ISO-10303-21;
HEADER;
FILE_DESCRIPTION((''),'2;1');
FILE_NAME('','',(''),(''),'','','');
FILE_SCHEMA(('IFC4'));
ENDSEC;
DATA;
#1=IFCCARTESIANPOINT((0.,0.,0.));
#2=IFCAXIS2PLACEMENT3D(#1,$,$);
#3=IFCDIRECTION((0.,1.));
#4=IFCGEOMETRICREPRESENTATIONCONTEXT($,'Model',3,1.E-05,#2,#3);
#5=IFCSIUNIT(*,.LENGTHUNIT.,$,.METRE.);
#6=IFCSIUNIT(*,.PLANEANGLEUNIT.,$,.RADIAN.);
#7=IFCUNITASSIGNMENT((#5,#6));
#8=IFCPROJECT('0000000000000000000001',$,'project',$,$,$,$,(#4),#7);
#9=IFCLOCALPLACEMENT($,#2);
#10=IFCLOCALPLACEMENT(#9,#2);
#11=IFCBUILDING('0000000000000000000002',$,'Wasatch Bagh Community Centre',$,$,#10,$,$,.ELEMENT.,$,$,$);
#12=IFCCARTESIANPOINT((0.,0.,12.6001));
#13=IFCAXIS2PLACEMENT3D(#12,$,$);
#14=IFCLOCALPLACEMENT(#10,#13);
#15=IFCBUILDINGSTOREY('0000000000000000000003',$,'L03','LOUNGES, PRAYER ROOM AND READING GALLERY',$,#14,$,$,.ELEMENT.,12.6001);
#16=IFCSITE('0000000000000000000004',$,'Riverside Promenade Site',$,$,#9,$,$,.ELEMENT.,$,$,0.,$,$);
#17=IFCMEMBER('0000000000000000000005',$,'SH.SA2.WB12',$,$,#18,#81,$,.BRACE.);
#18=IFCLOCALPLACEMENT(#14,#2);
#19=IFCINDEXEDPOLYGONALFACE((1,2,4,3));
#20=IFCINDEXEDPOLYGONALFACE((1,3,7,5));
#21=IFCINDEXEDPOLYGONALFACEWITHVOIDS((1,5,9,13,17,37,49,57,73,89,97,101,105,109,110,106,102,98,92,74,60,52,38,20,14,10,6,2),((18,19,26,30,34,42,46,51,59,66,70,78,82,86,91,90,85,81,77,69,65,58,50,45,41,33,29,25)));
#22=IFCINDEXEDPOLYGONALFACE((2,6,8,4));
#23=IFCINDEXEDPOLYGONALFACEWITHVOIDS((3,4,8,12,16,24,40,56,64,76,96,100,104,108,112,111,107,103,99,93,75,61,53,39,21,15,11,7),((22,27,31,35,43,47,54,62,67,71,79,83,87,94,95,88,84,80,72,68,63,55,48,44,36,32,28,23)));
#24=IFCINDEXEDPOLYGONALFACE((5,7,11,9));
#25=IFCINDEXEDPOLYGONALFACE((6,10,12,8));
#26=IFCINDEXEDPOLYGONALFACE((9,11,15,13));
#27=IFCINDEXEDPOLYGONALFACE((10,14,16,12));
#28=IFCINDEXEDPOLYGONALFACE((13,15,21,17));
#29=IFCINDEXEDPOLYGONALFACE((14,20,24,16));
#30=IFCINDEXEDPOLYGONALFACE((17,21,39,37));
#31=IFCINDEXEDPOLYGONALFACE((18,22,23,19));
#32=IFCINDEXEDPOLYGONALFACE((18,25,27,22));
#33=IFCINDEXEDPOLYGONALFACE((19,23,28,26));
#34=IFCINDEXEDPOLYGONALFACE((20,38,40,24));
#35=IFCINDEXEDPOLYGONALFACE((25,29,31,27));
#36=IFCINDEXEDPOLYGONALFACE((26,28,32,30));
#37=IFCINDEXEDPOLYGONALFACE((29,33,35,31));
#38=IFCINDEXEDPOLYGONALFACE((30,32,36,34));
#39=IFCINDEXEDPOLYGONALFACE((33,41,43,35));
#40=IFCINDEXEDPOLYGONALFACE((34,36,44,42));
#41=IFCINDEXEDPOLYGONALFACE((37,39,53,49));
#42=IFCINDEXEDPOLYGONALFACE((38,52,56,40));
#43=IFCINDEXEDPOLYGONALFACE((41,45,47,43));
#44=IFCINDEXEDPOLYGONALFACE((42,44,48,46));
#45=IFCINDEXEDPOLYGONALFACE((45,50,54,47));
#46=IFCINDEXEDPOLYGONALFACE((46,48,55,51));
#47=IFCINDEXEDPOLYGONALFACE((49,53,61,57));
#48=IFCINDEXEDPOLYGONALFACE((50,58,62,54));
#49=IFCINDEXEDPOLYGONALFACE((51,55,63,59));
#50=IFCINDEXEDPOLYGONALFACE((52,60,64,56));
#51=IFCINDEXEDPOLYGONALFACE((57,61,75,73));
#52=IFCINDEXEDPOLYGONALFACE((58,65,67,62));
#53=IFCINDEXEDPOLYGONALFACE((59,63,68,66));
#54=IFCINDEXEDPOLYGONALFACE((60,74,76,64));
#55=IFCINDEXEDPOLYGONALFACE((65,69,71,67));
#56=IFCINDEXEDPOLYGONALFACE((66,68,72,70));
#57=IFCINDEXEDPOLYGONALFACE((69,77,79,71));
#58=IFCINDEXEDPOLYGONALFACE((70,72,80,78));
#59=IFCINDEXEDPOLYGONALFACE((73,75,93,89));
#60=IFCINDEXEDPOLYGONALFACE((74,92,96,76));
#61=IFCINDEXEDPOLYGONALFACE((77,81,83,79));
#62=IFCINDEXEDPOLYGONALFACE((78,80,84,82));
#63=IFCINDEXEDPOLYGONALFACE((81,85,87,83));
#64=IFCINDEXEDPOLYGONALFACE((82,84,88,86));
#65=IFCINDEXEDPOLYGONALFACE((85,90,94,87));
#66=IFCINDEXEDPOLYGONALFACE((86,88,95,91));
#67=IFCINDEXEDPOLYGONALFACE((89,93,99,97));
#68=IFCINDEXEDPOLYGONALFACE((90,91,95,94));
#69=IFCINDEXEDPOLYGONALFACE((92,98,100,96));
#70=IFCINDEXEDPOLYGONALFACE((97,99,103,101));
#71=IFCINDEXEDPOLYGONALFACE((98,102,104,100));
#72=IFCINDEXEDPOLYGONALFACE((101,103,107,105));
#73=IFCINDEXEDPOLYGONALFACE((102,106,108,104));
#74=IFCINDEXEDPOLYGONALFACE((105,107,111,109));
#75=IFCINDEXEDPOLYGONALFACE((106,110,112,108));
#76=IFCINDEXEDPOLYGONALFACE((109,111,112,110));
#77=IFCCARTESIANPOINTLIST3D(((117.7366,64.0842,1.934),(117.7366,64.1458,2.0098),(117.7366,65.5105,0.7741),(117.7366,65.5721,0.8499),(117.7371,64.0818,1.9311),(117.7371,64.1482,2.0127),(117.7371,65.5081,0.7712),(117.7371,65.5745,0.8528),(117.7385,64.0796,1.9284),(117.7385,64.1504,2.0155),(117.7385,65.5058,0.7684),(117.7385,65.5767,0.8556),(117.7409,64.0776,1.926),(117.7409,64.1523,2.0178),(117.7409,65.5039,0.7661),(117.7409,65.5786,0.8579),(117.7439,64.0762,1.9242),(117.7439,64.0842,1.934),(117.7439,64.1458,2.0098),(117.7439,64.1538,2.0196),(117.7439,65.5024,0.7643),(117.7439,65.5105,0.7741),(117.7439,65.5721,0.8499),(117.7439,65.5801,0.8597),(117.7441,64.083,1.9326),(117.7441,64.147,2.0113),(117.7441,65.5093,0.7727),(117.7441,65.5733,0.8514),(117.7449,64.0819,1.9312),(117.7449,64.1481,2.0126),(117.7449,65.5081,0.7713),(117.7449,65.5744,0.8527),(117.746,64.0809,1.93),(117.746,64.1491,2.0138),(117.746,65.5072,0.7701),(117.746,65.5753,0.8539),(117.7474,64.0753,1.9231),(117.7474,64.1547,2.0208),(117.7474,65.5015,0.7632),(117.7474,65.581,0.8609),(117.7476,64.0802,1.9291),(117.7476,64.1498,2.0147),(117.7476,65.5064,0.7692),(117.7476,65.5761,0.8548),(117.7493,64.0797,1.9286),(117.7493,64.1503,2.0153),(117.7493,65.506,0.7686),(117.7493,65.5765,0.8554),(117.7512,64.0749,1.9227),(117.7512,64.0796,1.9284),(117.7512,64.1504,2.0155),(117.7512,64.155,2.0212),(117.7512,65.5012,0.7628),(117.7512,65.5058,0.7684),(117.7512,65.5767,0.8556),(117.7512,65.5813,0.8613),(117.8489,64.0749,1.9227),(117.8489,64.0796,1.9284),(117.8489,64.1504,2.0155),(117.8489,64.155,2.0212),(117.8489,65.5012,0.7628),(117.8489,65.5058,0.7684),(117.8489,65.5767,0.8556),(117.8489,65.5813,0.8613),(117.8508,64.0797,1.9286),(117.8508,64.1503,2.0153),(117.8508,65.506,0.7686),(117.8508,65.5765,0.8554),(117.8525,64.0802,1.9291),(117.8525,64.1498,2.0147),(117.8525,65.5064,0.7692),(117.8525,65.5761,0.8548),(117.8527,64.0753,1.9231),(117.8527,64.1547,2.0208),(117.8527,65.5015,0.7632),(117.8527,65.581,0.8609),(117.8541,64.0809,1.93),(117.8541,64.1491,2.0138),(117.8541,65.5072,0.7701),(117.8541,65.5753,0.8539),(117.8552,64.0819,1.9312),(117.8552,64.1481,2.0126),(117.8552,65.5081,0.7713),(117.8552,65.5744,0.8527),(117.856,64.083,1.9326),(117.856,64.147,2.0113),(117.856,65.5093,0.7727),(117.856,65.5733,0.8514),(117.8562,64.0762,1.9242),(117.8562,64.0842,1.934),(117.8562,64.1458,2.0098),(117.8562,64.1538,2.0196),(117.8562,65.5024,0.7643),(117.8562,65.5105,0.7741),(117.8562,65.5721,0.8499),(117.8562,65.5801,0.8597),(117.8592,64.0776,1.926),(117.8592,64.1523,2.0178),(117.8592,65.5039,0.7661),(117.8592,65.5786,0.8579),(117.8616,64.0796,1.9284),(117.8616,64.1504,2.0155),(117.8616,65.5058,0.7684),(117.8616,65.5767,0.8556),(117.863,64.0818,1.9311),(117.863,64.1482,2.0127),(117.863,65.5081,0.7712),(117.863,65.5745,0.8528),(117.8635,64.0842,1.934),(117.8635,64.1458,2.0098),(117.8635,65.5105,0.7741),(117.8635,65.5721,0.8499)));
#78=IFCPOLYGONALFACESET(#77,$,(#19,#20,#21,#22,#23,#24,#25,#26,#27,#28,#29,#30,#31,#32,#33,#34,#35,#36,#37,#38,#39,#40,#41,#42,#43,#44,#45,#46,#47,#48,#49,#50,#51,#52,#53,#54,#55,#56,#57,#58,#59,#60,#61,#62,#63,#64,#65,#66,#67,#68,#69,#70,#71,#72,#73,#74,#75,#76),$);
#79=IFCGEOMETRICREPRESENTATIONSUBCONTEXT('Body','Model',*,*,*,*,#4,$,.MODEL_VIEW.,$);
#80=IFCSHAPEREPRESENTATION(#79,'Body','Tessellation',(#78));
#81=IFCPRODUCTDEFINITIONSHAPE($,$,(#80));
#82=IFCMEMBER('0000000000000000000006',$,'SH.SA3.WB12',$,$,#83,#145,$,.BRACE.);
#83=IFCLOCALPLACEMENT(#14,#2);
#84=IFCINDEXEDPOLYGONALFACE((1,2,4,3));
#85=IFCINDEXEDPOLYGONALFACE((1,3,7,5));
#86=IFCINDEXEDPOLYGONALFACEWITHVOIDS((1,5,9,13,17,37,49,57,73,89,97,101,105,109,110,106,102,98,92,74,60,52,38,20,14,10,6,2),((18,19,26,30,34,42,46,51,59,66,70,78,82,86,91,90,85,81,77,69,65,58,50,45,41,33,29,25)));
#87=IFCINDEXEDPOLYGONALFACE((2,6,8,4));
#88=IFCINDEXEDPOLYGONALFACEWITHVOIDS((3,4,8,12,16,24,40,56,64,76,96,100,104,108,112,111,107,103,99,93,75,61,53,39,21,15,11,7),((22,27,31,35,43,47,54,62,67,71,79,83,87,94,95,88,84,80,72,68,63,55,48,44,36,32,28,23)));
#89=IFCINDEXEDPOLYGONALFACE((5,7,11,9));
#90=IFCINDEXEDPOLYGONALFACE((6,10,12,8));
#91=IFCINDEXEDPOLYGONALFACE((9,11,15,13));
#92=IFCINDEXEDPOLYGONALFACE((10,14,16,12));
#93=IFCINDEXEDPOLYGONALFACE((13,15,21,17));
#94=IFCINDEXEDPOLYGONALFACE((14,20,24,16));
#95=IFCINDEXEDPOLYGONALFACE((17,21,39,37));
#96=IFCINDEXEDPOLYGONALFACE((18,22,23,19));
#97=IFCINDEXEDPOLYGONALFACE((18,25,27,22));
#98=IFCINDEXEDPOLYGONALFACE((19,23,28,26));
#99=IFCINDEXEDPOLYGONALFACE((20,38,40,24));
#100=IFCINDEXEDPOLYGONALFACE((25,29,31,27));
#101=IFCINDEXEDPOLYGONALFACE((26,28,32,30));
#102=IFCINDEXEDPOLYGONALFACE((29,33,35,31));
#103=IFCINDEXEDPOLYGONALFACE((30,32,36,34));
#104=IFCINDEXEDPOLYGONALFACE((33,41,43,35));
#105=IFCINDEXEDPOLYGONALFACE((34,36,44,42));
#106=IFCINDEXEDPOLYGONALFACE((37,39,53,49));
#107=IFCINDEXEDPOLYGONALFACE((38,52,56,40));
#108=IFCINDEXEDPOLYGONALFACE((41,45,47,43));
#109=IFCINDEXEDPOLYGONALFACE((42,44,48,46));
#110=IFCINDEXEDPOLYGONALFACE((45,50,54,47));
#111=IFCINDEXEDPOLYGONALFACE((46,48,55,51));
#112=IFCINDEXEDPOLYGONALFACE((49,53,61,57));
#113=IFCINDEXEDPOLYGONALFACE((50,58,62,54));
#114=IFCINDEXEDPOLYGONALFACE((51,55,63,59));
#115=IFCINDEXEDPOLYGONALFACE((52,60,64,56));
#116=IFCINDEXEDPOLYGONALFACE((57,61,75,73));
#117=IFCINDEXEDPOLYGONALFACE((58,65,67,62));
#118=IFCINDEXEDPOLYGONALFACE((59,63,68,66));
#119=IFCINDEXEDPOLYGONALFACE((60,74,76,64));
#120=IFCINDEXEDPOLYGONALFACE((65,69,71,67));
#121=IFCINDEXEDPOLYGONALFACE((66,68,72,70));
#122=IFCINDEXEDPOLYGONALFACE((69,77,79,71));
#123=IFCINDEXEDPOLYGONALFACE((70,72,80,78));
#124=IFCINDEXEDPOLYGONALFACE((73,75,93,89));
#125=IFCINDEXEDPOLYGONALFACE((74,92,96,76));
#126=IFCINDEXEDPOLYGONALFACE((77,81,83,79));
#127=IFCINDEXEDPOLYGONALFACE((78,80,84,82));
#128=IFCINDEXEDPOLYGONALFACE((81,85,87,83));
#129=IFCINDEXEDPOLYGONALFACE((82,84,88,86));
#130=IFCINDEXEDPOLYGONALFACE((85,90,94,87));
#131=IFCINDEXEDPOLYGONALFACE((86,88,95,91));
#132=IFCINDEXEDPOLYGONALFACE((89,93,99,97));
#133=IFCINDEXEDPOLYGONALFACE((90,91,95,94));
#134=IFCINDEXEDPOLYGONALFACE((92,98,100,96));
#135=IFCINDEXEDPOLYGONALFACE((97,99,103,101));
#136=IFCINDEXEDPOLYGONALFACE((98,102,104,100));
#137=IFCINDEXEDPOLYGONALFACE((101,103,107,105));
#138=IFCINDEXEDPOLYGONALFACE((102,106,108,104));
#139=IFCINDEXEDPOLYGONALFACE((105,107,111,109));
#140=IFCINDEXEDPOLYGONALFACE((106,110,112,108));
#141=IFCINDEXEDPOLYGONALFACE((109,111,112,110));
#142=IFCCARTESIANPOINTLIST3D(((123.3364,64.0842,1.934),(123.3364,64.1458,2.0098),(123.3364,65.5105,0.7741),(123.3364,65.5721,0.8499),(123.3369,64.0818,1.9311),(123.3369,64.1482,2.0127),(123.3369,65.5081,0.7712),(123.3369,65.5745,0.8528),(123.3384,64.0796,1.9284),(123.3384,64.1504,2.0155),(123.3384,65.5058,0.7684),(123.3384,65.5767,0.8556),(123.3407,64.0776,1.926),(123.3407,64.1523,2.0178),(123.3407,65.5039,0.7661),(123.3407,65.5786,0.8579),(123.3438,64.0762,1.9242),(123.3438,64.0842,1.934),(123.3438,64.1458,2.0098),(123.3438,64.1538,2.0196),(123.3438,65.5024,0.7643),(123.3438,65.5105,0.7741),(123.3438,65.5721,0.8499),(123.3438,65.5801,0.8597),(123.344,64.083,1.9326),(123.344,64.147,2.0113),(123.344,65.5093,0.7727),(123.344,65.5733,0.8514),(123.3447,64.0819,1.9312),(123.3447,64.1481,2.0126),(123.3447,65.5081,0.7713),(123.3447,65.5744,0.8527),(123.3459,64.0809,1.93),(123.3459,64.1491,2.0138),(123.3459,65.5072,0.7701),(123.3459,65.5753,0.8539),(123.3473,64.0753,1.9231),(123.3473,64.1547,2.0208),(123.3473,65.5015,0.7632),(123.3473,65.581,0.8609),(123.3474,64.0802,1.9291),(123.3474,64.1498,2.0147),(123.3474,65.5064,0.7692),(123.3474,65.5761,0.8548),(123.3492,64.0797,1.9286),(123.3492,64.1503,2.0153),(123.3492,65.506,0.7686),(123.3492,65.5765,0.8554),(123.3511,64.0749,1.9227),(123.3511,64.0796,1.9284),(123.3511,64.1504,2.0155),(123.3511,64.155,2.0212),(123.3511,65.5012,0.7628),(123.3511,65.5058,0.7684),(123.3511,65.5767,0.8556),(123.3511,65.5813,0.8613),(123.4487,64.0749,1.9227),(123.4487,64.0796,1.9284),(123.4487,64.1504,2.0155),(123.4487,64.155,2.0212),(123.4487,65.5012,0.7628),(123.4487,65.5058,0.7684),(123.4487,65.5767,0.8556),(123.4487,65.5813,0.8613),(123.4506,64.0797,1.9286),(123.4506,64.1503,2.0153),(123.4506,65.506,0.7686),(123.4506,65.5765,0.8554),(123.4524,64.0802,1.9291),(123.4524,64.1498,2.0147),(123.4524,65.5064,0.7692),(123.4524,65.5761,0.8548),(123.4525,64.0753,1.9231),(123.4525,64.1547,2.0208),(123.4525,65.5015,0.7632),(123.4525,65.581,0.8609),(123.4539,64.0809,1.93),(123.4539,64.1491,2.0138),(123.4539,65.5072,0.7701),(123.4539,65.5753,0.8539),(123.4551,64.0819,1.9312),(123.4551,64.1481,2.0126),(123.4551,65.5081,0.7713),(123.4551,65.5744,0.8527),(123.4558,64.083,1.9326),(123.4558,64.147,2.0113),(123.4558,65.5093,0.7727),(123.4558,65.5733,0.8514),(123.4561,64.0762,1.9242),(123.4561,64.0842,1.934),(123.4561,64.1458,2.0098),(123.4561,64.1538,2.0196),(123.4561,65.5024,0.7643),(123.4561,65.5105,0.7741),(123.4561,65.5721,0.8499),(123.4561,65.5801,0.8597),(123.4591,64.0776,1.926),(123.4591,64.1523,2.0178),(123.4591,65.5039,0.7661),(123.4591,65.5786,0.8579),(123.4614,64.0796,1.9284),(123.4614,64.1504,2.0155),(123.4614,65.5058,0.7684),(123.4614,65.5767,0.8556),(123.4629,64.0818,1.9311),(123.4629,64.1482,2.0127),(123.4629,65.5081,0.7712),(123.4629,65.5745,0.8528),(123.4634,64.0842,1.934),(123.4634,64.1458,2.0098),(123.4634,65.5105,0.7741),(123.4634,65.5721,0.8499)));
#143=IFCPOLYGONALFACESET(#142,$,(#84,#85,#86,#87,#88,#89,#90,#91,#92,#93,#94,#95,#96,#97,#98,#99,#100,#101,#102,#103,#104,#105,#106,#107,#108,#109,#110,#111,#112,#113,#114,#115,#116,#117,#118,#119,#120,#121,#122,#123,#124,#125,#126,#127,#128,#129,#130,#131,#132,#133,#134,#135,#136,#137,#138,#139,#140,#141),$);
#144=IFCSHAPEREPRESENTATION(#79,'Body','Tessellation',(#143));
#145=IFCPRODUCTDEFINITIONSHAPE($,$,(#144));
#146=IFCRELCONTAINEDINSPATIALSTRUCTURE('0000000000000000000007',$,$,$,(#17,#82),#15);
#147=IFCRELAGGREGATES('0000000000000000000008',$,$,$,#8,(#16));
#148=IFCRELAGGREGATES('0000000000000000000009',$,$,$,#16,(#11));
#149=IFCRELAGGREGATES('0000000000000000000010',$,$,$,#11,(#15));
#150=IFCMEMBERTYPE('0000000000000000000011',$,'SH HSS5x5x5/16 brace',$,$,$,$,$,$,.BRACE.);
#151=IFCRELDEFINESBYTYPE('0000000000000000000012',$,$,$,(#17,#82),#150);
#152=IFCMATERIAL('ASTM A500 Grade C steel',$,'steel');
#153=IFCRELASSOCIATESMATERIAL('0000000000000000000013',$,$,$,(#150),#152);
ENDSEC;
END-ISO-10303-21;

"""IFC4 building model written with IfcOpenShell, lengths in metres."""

from ifc_helpers import new_model, si_unit, direction, frame, origin, origin_2d, place, context, subcontext, project, spatial, hollow_rectangle, extrude, material, material_profile, profile_set, type_object, element, save


model = new_model("IFC4")

# Units and contexts
model_context = context("Model", 3, precision=1e-05, world=origin(), true_north=direction((0.0, 1.0)))
body_context = subcontext(model_context, "Body", "Model", "MODEL_VIEW")
ifc_project = project(units=[si_unit("LENGTHUNIT", "METRE"), si_unit("PLANEANGLEUNIT", "RADIAN")], contexts=[model_context])

# Site, building, storey
site_placement = place(None, origin())
site = spatial("IfcSite", under=ifc_project, at=site_placement, Name="Riverside Promenade Site", CompositionType="ELEMENT", RefElevation=0.0)
building_placement = place(site_placement, origin())
building = spatial("IfcBuilding", under=site, at=building_placement, Name="Wasatch Bagh Community Centre", CompositionType="ELEMENT")
storey_placement = place(building_placement, frame((0.0, 0.0, 12.6001)))
storey = spatial("IfcBuildingStorey", under=building, at=storey_placement, Name="L03", Description="LOUNGES, PRAYER ROOM AND READING GALLERY", CompositionType="ELEMENT", Elevation=12.6001)

# Members
ifc_material_1 = material(Name="ASTM A500 Grade C steel", Category="steel")
ifc_material_profile_1 = material_profile(ifc_material_1, hollow_rectangle(XDim=0.127, YDim=0.127, WallThickness=0.0073, InnerFilletRadius=0.0073, OuterFilletRadius=0.0146, at=origin_2d()), Name="HSS5x5x5/16")
ifc_profile_set_1 = profile_set([ifc_material_profile_1], Name="ASTM A500 Grade C steel")
member_type_1 = type_object("IfcMemberType", Name="SH HSS5x5x5/16 brace", PredefinedType="BRACE", material=ifc_profile_set_1)
for number, where, z_axis, x_axis, name in (
    (1, (117.8, 65.5413, 0.812), (0.0, -0.77583, 0.630943), (1.0, 0.0, 0.0), "SH.SA2.WB12"),
    (2, (123.3999, 65.5413, 0.812), (0.0, -0.77583, 0.630943), (1.0, 0.0, 0.0), "SH.SA3.WB12"),
):
    element("IfcMember", number, at=place(storey_placement, frame(where, z_axis=z_axis, x_axis=x_axis)), inside=storey, type_object=member_type_1, Name=name, PredefinedType="BRACE", context=body_context, shape_type="SweptSolid", body=[
        extrude(hollow_rectangle(XDim=0.127, YDim=0.127, WallThickness=0.0073, InnerFilletRadius=0.0073, OuterFilletRadius=0.0146, at=origin_2d()), origin(), (0.0, 0.0, 1.0), 1.8384),
    ])

save(model, "model.ifc")
